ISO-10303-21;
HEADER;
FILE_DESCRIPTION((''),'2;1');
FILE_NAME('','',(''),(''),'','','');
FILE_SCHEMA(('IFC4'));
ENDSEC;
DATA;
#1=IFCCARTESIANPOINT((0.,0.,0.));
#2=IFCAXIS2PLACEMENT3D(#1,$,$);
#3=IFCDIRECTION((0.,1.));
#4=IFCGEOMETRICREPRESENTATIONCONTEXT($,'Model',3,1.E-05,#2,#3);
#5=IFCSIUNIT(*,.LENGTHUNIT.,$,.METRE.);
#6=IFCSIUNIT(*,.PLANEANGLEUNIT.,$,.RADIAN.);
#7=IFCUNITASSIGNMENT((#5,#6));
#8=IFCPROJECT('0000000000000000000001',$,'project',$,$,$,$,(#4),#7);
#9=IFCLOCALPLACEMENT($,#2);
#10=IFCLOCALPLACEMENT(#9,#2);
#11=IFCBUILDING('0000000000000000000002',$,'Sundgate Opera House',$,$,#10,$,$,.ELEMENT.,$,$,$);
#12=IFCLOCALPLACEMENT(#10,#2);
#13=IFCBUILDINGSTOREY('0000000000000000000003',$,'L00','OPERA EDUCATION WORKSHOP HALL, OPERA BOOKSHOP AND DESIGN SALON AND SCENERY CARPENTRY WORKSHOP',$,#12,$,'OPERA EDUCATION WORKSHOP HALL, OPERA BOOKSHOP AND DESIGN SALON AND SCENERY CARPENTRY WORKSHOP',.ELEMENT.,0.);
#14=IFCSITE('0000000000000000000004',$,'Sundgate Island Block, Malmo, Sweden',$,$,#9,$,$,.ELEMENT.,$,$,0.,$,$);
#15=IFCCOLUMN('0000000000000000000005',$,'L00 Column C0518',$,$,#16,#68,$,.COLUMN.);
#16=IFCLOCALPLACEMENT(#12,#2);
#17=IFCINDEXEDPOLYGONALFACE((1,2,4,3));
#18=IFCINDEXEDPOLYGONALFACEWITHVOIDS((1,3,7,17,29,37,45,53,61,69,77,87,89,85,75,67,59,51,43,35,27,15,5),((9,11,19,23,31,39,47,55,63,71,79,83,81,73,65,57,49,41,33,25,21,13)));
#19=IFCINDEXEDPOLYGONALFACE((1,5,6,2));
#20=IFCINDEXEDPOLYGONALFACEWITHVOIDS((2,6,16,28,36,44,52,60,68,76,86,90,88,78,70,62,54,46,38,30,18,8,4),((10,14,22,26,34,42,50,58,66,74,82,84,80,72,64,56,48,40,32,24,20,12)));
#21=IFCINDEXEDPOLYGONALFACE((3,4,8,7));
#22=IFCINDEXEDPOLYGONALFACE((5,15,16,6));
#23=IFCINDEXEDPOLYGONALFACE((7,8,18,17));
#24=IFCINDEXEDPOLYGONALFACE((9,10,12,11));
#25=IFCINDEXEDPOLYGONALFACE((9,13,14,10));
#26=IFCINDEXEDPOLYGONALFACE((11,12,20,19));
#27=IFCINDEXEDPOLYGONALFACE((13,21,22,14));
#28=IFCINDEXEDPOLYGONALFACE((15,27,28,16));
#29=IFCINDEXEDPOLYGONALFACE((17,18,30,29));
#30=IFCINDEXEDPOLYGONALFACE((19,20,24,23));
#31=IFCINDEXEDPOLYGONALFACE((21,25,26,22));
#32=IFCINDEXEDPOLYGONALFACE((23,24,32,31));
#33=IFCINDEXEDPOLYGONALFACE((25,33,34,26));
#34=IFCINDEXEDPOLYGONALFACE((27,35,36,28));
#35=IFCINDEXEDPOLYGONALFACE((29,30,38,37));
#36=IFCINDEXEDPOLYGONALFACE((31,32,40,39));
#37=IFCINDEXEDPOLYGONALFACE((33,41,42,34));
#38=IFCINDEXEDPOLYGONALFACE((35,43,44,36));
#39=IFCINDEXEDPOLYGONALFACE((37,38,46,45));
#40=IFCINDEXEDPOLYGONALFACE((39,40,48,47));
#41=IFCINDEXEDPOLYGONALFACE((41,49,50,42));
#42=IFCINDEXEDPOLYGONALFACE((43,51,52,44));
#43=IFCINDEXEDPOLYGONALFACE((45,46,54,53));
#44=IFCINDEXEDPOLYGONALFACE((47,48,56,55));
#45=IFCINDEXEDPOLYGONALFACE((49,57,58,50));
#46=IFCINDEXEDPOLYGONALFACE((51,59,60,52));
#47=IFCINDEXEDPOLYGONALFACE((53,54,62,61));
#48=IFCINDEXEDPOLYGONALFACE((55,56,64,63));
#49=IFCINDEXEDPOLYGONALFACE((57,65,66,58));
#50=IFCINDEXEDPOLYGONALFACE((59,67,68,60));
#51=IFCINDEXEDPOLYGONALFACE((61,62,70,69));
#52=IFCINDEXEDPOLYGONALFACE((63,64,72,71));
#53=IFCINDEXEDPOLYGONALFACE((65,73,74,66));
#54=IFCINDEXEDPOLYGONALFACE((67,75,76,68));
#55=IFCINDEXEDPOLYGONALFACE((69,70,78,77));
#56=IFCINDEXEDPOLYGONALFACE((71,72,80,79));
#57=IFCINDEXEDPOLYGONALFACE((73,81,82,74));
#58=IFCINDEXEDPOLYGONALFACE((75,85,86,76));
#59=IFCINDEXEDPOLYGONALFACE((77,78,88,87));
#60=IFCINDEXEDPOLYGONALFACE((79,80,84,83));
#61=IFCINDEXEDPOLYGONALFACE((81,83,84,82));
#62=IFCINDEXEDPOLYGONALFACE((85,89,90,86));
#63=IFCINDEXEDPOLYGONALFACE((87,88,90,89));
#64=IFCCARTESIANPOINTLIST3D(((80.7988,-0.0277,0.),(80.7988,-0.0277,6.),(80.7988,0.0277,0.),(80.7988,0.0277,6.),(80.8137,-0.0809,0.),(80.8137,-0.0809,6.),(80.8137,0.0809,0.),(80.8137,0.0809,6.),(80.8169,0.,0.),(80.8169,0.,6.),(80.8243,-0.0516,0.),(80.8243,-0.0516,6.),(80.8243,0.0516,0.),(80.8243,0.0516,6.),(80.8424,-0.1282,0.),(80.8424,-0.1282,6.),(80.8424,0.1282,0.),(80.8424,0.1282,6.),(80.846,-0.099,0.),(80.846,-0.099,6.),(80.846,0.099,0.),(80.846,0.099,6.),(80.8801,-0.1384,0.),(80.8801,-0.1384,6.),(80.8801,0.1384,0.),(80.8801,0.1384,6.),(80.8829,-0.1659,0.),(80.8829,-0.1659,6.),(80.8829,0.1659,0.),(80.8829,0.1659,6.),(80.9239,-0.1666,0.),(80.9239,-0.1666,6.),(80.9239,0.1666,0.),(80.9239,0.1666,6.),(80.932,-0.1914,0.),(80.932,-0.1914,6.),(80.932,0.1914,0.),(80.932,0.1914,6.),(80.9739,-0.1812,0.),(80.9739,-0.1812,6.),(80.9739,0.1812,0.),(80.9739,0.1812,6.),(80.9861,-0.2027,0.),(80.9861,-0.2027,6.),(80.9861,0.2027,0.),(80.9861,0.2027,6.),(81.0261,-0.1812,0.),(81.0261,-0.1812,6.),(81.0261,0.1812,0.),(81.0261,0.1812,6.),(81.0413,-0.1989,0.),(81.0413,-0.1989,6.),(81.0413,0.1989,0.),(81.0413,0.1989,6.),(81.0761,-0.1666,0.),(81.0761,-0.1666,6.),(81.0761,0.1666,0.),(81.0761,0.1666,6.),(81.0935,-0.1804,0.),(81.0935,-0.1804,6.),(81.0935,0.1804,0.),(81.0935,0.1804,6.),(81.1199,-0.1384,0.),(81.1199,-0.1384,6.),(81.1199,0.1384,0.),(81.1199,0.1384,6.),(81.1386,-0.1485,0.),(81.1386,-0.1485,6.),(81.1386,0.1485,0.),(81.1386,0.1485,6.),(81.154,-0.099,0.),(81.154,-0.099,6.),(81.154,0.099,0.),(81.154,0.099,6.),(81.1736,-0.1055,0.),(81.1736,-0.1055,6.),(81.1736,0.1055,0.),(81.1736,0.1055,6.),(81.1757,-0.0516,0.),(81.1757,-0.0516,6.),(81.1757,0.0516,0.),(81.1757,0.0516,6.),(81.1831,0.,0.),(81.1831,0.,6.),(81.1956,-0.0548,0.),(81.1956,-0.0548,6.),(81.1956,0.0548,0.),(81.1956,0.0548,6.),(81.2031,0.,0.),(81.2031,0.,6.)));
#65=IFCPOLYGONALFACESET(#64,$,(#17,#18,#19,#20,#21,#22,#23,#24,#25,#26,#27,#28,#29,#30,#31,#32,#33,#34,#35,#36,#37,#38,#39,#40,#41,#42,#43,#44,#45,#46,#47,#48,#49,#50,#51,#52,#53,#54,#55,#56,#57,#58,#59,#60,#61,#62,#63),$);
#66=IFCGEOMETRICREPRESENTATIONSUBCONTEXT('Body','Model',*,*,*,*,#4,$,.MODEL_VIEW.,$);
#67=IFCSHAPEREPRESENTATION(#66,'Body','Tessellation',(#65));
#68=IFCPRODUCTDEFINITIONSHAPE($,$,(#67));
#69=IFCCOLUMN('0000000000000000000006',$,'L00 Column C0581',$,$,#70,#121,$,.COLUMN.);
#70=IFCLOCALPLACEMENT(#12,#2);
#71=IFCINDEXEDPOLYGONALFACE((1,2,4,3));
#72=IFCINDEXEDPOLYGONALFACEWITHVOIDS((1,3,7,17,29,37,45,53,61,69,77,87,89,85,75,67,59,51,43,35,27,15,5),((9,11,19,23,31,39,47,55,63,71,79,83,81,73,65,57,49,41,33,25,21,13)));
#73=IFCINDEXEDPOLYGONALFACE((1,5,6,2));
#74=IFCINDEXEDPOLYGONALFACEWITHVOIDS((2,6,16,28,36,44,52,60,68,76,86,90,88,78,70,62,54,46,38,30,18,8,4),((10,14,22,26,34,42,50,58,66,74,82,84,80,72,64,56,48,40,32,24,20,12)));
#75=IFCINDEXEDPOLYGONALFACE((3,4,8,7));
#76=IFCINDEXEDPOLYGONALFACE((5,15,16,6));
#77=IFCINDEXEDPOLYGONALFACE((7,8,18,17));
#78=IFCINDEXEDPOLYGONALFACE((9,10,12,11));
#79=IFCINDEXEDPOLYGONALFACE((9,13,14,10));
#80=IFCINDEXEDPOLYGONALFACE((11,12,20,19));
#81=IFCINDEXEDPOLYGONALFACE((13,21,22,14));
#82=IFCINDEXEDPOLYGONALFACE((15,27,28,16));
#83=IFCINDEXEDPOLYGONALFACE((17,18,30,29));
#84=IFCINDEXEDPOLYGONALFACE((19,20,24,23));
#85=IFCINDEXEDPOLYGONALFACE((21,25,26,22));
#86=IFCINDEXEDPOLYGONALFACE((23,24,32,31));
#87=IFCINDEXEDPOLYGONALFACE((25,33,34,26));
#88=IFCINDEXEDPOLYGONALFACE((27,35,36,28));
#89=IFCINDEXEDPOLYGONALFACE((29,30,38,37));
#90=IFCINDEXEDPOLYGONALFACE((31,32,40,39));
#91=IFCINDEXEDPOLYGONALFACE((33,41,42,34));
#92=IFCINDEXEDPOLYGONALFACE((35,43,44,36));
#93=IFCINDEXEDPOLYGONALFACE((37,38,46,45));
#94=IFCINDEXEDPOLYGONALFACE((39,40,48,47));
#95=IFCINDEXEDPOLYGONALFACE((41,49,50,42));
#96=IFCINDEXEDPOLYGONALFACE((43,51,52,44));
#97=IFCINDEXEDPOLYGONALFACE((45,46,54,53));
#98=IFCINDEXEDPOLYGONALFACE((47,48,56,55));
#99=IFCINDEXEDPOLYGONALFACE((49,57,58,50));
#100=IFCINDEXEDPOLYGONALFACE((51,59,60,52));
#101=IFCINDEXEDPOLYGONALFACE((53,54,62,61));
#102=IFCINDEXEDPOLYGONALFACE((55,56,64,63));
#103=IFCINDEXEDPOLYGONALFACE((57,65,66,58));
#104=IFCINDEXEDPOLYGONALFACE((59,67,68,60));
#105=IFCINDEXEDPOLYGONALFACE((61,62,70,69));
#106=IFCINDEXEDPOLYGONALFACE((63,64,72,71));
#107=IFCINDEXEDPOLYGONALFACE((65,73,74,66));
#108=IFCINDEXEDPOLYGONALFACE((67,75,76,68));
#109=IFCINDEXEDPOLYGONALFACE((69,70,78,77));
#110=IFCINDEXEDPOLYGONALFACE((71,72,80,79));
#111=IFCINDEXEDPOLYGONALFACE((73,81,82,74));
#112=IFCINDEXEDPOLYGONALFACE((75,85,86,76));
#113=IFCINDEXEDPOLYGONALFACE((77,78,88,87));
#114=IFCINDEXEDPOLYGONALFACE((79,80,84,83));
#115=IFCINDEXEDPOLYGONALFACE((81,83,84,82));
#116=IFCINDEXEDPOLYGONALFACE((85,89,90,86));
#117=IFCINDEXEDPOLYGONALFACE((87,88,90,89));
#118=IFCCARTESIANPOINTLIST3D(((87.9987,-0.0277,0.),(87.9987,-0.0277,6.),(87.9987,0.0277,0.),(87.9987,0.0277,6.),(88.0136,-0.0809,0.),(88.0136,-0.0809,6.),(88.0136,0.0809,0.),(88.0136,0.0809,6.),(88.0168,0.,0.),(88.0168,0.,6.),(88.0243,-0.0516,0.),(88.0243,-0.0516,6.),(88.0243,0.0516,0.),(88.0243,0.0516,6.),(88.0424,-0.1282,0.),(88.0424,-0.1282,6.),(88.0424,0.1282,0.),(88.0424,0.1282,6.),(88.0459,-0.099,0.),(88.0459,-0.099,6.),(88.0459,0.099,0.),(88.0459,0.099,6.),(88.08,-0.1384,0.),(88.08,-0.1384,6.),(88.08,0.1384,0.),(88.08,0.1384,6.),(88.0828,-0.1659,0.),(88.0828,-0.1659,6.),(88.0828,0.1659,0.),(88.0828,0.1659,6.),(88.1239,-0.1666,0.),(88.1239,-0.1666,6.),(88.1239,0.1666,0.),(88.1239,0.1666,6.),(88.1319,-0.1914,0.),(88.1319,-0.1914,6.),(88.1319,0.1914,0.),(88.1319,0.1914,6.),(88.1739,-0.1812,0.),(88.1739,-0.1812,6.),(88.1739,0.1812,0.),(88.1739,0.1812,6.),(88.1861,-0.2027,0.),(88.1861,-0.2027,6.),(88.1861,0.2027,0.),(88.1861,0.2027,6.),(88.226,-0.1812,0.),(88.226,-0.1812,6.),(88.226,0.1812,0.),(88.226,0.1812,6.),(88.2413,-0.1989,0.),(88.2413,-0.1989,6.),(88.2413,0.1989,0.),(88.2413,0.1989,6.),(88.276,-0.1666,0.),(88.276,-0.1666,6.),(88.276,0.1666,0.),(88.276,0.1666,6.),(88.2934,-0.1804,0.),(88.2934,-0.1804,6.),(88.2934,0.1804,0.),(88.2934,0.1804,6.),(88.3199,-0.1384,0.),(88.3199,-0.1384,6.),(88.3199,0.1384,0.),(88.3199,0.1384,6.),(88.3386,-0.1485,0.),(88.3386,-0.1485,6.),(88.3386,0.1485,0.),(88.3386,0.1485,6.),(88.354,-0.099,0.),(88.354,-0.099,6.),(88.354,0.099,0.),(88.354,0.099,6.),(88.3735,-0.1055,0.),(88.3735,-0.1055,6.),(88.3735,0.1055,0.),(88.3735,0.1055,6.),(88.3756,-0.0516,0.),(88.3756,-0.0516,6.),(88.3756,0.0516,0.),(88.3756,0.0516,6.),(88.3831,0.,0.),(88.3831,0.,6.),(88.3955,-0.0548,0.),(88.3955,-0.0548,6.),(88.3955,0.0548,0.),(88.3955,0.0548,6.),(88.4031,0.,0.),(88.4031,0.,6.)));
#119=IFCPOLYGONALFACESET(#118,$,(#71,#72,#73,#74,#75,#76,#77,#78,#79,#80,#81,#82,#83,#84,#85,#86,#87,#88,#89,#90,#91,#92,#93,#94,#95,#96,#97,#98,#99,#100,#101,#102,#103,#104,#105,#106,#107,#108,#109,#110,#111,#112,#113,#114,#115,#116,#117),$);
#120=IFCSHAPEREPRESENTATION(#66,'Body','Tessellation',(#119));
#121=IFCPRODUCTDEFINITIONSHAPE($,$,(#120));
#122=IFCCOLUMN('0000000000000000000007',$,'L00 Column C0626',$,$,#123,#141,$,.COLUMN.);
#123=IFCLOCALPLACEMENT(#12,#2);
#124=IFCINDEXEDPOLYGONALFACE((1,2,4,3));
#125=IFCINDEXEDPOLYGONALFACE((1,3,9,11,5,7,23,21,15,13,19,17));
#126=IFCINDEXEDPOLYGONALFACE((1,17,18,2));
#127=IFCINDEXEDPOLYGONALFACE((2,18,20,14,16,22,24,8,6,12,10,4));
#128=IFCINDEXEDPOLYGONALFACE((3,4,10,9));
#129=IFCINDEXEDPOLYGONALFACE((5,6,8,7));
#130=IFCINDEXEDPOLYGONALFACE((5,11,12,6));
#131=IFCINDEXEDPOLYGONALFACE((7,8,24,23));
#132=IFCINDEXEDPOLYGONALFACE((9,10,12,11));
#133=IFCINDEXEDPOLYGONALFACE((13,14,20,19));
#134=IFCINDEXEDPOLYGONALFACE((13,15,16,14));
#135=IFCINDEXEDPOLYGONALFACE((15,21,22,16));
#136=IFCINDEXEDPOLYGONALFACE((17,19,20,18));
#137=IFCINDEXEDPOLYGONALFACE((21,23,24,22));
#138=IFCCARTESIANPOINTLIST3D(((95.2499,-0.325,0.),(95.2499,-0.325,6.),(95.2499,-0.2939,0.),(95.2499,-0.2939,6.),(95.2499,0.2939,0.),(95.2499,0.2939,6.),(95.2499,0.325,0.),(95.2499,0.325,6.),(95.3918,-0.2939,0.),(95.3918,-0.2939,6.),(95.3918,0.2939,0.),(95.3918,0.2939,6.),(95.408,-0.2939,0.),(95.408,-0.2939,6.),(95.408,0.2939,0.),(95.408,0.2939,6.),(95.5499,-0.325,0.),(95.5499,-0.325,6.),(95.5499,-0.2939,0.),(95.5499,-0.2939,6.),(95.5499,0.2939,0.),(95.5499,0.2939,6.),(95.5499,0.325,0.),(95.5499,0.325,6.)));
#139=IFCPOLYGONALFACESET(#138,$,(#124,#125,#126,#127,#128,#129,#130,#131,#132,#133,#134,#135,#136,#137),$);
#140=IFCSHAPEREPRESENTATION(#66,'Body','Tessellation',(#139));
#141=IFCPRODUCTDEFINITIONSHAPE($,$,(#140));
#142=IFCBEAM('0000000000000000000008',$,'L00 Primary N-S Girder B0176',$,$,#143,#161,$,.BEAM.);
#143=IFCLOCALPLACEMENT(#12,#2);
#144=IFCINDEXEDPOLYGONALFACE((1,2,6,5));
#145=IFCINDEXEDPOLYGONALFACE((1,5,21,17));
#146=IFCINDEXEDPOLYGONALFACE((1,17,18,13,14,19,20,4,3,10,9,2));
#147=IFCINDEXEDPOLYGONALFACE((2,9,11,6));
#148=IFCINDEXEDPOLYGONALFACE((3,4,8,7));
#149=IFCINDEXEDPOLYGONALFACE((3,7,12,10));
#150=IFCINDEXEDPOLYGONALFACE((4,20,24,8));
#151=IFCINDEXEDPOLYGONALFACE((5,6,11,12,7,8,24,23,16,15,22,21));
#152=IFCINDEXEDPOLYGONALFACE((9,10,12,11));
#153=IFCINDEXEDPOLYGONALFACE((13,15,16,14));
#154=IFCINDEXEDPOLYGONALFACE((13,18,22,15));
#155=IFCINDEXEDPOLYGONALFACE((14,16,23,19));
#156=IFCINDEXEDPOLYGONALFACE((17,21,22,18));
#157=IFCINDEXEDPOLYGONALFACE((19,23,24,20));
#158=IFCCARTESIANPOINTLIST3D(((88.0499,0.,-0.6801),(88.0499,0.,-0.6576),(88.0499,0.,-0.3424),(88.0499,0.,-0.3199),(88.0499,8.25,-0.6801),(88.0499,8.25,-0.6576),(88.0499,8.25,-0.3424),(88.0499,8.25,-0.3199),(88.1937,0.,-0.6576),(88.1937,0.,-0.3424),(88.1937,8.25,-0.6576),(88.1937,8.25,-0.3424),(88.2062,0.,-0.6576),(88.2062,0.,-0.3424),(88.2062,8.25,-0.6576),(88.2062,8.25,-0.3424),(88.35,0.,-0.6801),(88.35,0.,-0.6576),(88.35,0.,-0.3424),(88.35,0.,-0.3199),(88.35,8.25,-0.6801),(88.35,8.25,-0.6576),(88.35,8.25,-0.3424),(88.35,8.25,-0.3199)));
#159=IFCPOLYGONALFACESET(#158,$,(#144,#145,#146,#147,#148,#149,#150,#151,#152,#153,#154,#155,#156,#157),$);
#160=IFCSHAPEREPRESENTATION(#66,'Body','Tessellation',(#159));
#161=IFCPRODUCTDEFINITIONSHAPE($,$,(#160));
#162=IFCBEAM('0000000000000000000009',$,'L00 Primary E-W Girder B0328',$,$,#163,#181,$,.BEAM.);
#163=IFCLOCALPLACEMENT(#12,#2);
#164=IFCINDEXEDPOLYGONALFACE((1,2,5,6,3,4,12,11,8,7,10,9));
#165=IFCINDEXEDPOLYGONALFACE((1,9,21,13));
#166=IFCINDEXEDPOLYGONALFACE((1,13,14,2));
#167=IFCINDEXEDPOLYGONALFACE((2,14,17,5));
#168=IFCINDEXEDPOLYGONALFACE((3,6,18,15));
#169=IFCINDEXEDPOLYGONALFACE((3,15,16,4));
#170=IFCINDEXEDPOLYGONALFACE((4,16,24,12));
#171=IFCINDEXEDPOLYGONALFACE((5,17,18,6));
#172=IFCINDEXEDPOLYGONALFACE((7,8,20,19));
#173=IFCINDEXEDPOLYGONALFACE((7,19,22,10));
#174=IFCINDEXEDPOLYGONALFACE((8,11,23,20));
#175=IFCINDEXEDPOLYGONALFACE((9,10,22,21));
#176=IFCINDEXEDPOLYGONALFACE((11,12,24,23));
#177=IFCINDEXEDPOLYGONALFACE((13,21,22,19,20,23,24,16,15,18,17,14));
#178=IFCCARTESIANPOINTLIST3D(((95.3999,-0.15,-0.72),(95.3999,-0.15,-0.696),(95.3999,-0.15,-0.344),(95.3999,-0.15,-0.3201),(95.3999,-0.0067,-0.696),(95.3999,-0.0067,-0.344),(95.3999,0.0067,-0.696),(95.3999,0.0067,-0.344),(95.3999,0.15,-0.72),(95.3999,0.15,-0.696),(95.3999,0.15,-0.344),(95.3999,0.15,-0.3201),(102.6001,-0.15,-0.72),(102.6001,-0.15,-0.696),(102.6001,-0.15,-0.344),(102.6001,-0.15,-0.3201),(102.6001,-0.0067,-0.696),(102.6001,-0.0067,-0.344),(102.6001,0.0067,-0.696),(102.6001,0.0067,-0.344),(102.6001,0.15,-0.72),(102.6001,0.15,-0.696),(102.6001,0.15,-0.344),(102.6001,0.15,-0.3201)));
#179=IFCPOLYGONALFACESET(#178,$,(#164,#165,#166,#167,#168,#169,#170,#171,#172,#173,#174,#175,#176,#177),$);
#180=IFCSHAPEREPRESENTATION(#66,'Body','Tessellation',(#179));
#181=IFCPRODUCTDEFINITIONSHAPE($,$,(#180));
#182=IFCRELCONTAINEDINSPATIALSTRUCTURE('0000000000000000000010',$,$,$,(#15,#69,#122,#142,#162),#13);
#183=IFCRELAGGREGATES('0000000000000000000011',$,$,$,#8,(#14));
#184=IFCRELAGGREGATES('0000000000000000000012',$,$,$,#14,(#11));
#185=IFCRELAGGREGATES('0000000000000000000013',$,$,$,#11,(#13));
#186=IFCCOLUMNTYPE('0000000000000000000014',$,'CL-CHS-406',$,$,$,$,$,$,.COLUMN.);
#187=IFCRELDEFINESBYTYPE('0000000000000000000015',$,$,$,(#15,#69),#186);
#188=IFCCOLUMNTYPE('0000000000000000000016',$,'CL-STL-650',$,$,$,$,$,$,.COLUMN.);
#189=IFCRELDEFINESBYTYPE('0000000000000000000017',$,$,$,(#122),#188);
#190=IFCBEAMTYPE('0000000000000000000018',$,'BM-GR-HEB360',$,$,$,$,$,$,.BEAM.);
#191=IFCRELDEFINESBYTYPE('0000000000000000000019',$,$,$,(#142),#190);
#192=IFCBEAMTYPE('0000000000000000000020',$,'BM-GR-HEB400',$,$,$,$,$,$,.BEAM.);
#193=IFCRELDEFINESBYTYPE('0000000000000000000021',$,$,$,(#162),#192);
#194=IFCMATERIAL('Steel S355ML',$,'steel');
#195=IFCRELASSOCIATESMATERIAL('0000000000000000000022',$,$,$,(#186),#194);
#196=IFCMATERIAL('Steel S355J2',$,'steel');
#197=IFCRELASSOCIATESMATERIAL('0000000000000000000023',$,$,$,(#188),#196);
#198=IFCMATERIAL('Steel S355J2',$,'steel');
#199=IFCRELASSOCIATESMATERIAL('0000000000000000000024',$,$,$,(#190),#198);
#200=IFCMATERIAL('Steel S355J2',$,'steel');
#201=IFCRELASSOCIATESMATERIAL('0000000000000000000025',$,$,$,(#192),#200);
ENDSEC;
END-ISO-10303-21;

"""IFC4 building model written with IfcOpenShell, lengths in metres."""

from ifc_helpers import new_model, si_unit, direction, frame, origin, origin_2d, place, context, subcontext, project, spatial, hollow_circle, i_section, extrude, material, material_profile, profile_set, type_object, element, save


model = new_model("IFC4")

# Units and contexts
model_context = context("Model", 3, precision=1e-05, world=origin(), true_north=direction((0.0, 1.0)))
body_context = subcontext(model_context, "Body", "Model", "MODEL_VIEW")
ifc_project = project(units=[si_unit("LENGTHUNIT", "METRE"), si_unit("PLANEANGLEUNIT", "RADIAN")], contexts=[model_context])

# Site, building, storey
site_placement = place(None, origin())
site = spatial("IfcSite", under=ifc_project, at=site_placement, Name="Sundgate Island Block, Malmo, Sweden", CompositionType="ELEMENT", RefElevation=0.0)
building_placement = place(site_placement, origin())
building = spatial("IfcBuilding", under=site, at=building_placement, Name="Sundgate Opera House", CompositionType="ELEMENT")
storey_placement = place(building_placement, origin())
storey = spatial("IfcBuildingStorey", under=building, at=storey_placement, Name="L00", Description="OPERA EDUCATION WORKSHOP HALL, OPERA BOOKSHOP AND DESIGN SALON AND SCENERY CARPENTRY WORKSHOP", LongName="OPERA EDUCATION WORKSHOP HALL, OPERA BOOKSHOP AND DESIGN SALON AND SCENERY CARPENTRY WORKSHOP", CompositionType="ELEMENT", Elevation=0.0)

# Columns
ifc_material_1 = material(Name="Steel S355ML", Category="steel")
ifc_material_profile_1 = material_profile(ifc_material_1, hollow_circle(Radius=0.2031, WallThickness=0.02, at=origin_2d()), Name="CHS 406.4x20.0")
ifc_profile_set_1 = profile_set([ifc_material_profile_1], Name="Steel S355ML")
column_type_1 = type_object("IfcColumnType", Name="CL-CHS-406", PredefinedType="COLUMN", material=ifc_profile_set_1)
for number, where, z_axis, x_axis, name in (
    (1, (81.0, 0.0, 0.0), (0.0, 0.0, 1.0), (1.0, 0.0, 0.0), "L00 Column C0518"),
    (2, (88.2, 0.0, 0.0), (0.0, 0.0, 1.0), (1.0, 0.0, 0.0), "L00 Column C0581"),
):
    element("IfcColumn", number, at=place(storey_placement, frame(where, z_axis=z_axis, x_axis=x_axis)), inside=storey, type_object=column_type_1, Name=name, PredefinedType="COLUMN", context=body_context, shape_type="SweptSolid", body=[
        extrude(hollow_circle(Radius=0.2031, WallThickness=0.02, at=origin_2d()), origin(), (0.0, 0.0, 1.0), 6.0),
    ])
ifc_material_2 = material(Name="Steel S355J2", Category="steel")
ifc_material_profile_2 = material_profile(ifc_material_2, i_section(OverallWidth=0.3, OverallDepth=0.6499, WebThickness=0.0161, FlangeThickness=0.031, at=origin_2d()), Name="HEB 650")
ifc_profile_set_2 = profile_set([ifc_material_profile_2], Name="Steel S355J2")
column_type_2 = type_object("IfcColumnType", Name="CL-STL-650", PredefinedType="COLUMN", material=ifc_profile_set_2)
column_placement = place(storey_placement, frame((95.3999, 0.0, 0.0), z_axis=(0.0, 0.0, 1.0), x_axis=(1.0, 0.0, 0.0)))
element("IfcColumn", 3, at=column_placement, inside=storey, type_object=column_type_2, Name="L00 Column C0626", PredefinedType="COLUMN", context=body_context, shape_type="SweptSolid", body=[
    extrude(i_section(OverallWidth=0.3, OverallDepth=0.6499, WebThickness=0.0161, FlangeThickness=0.031, at=origin_2d()), origin(), (0.0, 0.0, 1.0), 6.0),
])

# Beams
ifc_material_3 = material(Name="Steel S355J2", Category="steel")
ifc_material_profile_3 = material_profile(ifc_material_3, i_section(OverallWidth=0.3, OverallDepth=0.3601, WebThickness=0.0125, FlangeThickness=0.0225, at=origin_2d()), Name="HEB 360")
ifc_profile_set_3 = profile_set([ifc_material_profile_3], Name="Steel S355J2")
beam_type_1 = type_object("IfcBeamType", Name="BM-GR-HEB360", PredefinedType="BEAM", material=ifc_profile_set_3)
beam_1_placement = place(storey_placement, frame((88.2, 0.0, -0.5), z_axis=(0.0, 1.0, 0.0), x_axis=(-1.0, 0.0, 0.0)))
element("IfcBeam", 4, at=beam_1_placement, inside=storey, type_object=beam_type_1, Name="L00 Primary N-S Girder B0176", PredefinedType="BEAM", context=body_context, shape_type="SweptSolid", body=[
    extrude(i_section(OverallWidth=0.3, OverallDepth=0.3601, WebThickness=0.0125, FlangeThickness=0.0225, at=origin_2d()), origin(), (0.0, 0.0, 1.0), 8.25),
])
ifc_material_4 = material(Name="Steel S355J2", Category="steel")
ifc_material_profile_4 = material_profile(ifc_material_4, i_section(OverallWidth=0.3, OverallDepth=0.3999, WebThickness=0.0134, FlangeThickness=0.0239, at=origin_2d()), Name="HEB 400")
ifc_profile_set_4 = profile_set([ifc_material_profile_4], Name="Steel S355J2")
beam_type_2 = type_object("IfcBeamType", Name="BM-GR-HEB400", PredefinedType="BEAM", material=ifc_profile_set_4)
beam_2_placement = place(storey_placement, frame((95.3999, 0.0, -0.52), z_axis=(1.0, 0.0, 0.0), x_axis=(0.0, 1.0, 0.0)))
element("IfcBeam", 5, at=beam_2_placement, inside=storey, type_object=beam_type_2, Name="L00 Primary E-W Girder B0328", PredefinedType="BEAM", context=body_context, shape_type="SweptSolid", body=[
    extrude(i_section(OverallWidth=0.3, OverallDepth=0.3999, WebThickness=0.0134, FlangeThickness=0.0239, at=origin_2d()), origin(), (0.0, 0.0, 1.0), 7.2002),
])

save(model, "model.ifc")
